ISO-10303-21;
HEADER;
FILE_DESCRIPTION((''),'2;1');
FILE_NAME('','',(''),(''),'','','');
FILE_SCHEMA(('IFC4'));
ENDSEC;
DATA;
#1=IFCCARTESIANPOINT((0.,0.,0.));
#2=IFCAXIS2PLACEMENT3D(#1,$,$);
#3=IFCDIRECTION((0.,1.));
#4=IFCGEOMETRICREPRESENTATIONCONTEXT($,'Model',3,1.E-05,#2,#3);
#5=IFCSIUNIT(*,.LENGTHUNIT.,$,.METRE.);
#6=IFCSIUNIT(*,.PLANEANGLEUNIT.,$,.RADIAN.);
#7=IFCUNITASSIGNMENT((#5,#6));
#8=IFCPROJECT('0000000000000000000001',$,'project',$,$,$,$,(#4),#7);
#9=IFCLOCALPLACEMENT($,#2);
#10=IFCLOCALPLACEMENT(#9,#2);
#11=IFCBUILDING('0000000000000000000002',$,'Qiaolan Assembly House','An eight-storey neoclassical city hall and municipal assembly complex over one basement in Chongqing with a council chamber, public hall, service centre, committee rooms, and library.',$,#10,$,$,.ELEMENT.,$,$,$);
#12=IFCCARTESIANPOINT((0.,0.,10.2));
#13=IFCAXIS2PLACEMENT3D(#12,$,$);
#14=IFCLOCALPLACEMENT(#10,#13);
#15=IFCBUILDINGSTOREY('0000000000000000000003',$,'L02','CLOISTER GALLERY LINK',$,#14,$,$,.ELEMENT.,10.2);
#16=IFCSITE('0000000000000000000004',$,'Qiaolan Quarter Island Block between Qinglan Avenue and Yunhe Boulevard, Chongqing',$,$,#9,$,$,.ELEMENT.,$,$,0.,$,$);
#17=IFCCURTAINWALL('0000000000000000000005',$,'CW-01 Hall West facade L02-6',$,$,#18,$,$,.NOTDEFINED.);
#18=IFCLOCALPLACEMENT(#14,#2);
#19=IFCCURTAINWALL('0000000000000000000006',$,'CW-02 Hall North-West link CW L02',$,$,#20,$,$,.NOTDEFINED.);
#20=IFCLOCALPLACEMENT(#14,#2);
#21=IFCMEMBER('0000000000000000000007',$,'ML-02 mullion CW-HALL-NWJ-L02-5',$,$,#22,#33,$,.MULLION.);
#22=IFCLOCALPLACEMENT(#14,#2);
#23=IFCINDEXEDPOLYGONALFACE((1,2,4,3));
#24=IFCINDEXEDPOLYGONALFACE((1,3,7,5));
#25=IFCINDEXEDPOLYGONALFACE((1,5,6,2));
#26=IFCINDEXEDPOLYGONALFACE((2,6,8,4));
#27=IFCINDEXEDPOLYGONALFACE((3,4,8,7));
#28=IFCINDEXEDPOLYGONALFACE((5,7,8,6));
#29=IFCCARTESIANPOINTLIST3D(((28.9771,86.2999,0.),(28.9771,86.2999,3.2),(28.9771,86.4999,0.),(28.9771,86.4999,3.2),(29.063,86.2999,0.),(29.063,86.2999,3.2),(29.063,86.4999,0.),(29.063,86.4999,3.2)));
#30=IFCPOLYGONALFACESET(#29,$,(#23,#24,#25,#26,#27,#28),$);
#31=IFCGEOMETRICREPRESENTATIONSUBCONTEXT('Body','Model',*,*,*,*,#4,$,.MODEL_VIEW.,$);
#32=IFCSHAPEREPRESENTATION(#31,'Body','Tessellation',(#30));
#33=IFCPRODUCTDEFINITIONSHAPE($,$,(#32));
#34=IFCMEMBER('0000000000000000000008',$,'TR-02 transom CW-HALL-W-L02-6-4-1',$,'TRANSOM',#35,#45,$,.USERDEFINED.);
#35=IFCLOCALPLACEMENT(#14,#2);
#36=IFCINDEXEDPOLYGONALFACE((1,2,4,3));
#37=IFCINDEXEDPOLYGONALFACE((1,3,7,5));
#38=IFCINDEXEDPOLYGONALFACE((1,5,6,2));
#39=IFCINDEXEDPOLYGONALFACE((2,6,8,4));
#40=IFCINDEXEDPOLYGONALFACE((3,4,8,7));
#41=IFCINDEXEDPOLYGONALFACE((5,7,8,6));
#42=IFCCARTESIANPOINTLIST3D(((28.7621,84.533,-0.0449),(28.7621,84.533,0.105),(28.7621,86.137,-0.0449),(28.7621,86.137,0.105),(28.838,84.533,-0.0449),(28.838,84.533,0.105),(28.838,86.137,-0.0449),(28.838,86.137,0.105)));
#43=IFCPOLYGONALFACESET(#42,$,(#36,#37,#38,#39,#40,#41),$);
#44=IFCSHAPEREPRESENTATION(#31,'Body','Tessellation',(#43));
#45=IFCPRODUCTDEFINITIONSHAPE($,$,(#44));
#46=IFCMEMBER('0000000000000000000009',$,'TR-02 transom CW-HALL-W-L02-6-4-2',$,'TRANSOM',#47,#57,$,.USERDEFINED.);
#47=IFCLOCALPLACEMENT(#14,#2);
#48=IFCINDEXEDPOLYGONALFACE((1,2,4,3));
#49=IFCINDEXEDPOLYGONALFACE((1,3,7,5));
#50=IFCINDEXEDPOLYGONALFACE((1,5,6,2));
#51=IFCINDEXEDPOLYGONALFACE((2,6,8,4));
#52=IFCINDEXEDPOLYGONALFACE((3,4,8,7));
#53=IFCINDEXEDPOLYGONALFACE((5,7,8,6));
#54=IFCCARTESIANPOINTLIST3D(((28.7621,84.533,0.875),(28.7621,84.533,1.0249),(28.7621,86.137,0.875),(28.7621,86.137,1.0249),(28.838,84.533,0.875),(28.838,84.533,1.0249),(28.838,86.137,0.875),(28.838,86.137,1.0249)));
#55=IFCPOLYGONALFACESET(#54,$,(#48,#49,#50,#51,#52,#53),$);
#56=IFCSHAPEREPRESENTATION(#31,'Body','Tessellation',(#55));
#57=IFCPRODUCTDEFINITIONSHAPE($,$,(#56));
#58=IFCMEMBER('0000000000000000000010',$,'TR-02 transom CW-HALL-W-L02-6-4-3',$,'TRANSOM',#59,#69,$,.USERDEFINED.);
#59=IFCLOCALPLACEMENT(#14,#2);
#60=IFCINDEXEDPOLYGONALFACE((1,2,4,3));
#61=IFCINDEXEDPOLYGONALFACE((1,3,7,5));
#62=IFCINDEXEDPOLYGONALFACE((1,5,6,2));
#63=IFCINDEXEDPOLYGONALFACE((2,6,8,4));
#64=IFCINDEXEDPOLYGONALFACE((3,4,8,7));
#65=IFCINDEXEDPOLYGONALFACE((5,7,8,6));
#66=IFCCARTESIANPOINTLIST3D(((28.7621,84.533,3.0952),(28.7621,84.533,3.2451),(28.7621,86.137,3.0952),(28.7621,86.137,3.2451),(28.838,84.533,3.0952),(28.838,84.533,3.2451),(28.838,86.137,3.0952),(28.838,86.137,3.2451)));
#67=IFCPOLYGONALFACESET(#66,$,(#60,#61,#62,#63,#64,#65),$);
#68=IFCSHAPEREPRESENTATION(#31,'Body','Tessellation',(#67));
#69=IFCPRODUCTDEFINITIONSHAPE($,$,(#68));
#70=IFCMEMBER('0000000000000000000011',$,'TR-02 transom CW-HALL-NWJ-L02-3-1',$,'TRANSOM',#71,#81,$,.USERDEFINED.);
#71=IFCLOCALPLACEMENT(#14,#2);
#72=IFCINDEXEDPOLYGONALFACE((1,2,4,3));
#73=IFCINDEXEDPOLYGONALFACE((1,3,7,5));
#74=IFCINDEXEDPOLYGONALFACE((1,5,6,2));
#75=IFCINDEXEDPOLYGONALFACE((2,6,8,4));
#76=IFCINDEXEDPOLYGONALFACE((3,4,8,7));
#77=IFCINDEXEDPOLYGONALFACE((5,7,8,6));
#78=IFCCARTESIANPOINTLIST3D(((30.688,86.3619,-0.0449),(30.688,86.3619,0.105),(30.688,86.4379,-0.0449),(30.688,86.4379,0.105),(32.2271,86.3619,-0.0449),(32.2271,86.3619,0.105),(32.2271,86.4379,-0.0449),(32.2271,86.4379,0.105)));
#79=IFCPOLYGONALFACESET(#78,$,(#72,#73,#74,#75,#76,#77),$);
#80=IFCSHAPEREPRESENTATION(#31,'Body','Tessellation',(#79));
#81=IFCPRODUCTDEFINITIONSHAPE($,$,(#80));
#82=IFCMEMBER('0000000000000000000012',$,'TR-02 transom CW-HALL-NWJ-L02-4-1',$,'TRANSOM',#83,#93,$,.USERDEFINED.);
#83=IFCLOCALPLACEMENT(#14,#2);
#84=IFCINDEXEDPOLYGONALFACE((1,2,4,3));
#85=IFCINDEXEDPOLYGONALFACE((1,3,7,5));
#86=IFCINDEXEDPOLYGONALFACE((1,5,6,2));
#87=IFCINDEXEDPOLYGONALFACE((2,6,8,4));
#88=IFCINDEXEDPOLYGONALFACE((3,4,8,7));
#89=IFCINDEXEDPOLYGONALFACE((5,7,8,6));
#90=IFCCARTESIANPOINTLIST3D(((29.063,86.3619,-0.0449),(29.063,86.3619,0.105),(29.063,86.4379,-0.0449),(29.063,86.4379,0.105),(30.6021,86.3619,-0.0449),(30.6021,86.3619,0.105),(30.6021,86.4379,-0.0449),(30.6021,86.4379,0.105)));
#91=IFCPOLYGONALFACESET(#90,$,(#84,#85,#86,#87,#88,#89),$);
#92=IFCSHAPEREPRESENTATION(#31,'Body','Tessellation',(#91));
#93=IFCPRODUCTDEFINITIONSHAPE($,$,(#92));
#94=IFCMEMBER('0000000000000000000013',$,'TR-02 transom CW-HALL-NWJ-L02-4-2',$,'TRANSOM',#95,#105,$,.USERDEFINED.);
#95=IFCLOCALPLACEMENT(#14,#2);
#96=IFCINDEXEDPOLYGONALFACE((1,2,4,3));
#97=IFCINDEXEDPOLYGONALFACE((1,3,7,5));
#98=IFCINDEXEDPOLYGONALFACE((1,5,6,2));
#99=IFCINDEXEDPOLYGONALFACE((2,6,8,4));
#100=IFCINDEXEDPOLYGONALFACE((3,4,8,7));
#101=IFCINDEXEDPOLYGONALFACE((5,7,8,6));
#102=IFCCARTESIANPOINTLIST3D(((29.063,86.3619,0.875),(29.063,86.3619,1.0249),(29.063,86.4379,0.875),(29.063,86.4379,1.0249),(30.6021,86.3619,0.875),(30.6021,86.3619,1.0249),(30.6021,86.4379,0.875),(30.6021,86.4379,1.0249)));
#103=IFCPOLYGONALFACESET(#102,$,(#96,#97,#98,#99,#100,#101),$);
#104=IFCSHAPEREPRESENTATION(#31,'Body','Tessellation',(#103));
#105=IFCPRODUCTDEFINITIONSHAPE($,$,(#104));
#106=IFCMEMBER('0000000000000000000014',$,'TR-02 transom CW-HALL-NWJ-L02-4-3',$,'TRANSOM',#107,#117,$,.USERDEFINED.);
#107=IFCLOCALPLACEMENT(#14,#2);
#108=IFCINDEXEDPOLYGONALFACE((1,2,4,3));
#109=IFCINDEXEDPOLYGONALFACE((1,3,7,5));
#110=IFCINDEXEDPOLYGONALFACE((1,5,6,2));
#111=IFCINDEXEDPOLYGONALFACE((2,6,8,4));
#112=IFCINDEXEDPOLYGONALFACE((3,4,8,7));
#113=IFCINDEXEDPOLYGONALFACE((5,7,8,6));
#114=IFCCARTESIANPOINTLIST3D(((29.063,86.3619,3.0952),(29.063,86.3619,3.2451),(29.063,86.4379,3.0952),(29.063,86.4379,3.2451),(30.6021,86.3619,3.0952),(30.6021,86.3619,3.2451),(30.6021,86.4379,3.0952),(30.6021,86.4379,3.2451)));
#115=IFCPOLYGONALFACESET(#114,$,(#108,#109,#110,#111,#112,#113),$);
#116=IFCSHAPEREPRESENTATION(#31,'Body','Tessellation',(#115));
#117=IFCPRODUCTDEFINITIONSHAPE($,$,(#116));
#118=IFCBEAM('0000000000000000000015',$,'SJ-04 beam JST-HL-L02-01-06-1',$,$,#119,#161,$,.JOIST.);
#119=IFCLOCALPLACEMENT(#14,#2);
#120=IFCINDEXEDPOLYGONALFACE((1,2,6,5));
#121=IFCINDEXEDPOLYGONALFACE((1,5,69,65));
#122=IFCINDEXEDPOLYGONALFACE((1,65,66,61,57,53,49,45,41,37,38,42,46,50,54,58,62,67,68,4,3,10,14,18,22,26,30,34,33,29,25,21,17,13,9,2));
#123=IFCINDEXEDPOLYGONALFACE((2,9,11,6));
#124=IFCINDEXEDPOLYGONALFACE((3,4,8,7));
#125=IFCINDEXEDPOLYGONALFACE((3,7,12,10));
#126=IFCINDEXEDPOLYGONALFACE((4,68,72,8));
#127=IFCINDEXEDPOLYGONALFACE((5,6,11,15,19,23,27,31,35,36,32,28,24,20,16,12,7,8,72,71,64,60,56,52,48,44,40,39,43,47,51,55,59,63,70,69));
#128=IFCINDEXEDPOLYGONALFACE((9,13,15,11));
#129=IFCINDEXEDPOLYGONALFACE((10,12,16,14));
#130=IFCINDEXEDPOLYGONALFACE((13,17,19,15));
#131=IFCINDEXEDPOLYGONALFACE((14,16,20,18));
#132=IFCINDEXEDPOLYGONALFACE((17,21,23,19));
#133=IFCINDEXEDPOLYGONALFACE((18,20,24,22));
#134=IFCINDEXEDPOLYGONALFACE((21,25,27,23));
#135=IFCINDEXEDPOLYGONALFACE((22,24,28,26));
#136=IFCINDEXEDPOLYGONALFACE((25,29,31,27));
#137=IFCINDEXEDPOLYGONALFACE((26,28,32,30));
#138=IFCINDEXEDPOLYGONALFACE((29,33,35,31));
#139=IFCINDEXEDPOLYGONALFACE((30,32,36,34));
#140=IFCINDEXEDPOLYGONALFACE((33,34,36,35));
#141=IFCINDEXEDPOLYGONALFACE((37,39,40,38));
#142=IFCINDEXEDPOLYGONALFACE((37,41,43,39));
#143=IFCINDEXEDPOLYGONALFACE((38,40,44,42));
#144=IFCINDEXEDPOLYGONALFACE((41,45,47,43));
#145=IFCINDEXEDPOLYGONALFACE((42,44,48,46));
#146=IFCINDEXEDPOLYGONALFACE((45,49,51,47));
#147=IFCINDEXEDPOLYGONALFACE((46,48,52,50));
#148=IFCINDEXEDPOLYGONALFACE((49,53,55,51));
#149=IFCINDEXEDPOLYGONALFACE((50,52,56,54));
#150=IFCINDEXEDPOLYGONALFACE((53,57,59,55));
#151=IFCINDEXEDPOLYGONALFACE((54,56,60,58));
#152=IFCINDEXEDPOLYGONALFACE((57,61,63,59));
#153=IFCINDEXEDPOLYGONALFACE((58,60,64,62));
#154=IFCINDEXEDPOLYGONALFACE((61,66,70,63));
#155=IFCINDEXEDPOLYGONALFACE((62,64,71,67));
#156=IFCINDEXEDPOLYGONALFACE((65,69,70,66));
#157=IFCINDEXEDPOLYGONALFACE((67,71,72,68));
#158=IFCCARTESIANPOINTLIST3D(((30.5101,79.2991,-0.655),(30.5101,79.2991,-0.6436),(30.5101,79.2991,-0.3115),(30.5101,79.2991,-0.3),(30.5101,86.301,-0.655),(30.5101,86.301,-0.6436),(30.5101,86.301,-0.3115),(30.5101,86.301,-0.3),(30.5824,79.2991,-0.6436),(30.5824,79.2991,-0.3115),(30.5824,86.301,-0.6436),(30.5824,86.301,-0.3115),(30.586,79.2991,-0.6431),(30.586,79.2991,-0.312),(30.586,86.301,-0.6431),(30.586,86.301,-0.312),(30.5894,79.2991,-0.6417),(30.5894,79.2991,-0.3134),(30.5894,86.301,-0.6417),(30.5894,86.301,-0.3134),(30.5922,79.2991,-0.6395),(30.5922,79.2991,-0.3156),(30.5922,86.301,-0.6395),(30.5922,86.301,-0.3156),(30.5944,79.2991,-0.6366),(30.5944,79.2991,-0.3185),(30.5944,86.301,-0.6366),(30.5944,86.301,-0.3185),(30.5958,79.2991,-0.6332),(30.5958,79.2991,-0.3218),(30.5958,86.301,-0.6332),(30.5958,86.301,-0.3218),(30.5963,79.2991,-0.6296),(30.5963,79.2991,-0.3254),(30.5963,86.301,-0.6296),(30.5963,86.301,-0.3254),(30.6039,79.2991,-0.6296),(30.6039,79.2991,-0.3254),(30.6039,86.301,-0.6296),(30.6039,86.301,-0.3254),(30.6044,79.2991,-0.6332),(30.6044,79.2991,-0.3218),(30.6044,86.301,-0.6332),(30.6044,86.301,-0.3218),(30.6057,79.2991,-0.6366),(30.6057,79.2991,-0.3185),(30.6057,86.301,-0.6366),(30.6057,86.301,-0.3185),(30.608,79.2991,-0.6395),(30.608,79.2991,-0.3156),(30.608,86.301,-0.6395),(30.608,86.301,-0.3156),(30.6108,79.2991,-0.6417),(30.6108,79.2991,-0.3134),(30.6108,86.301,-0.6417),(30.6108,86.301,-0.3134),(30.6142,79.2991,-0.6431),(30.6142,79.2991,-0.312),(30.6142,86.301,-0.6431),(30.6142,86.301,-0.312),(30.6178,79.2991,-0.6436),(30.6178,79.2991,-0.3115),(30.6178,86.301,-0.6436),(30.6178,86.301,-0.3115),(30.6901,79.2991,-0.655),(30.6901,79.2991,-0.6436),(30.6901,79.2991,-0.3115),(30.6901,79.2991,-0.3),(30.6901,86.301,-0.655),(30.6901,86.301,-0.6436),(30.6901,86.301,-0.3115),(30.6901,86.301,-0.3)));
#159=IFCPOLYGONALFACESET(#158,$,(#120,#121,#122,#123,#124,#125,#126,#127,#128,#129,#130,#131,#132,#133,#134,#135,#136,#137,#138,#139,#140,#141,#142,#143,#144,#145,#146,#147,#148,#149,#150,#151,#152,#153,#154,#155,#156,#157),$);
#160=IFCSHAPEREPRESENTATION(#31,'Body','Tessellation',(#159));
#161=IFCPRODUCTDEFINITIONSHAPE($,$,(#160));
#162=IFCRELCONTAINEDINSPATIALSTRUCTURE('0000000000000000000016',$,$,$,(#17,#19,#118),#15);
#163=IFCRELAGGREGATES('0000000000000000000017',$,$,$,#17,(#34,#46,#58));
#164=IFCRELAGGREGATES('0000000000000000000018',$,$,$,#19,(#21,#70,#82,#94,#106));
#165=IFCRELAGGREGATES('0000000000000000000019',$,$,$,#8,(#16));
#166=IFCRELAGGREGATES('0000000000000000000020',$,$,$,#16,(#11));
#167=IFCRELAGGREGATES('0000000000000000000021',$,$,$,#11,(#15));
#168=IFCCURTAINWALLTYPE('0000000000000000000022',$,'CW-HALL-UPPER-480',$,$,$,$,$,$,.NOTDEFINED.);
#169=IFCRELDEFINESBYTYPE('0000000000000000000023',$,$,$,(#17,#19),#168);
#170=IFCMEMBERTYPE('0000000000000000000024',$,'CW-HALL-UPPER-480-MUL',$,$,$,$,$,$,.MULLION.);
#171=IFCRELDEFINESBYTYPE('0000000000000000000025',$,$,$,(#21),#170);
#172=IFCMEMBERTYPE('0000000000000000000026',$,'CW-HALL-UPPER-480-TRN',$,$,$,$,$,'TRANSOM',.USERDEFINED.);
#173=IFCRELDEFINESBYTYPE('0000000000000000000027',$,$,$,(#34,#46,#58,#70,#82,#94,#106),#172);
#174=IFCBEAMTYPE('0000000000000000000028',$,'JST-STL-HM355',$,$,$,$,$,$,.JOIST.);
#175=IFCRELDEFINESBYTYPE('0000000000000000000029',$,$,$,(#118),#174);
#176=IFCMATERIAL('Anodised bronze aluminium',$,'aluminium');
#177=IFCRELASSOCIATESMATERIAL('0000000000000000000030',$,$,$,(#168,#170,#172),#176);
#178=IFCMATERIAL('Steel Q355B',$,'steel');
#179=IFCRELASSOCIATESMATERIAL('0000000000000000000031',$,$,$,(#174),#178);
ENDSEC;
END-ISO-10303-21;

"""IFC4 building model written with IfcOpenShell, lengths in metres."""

from ifc_helpers import new_model, si_unit, direction, frame, origin, origin_2d, place, context, subcontext, project, spatial, rectangle, i_section, extrude, material, material_profile, profile_set, type_object, element, aggregate, save


model = new_model("IFC4")

# Units and contexts
model_context = context("Model", 3, precision=1e-05, world=origin(), true_north=direction((0.0, 1.0)))
body_context = subcontext(model_context, "Body", "Model", "MODEL_VIEW")
ifc_project = project(units=[si_unit("LENGTHUNIT", "METRE"), si_unit("PLANEANGLEUNIT", "RADIAN")], contexts=[model_context])

# Site, building, storey
site_placement = place(None, origin())
site = spatial("IfcSite", under=ifc_project, at=site_placement, Name="Qiaolan Quarter Island Block between Qinglan Avenue and Yunhe Boulevard, Chongqing", CompositionType="ELEMENT", RefElevation=0.0)
building_placement = place(site_placement, origin())
building = spatial("IfcBuilding", under=site, at=building_placement, Name="Qiaolan Assembly House", Description="An eight-storey neoclassical city hall and municipal assembly complex over one basement in Chongqing with a council chamber, public hall, service centre, committee rooms, and library.", CompositionType="ELEMENT")
storey_placement = place(building_placement, frame((0.0, 0.0, 10.2)))
storey = spatial("IfcBuildingStorey", under=building, at=storey_placement, Name="L02", Description="CLOISTER GALLERY LINK", CompositionType="ELEMENT", Elevation=10.2)

# Shared definitions
ifc_material_1 = material(Name="Steel Q355B", Category="steel")

# Curtain walls, member
ifc_material_2 = material(Name="Anodised bronze aluminium", Category="aluminium")
curtain_wall_type = type_object("IfcCurtainWallType", Name="CW-HALL-UPPER-480", PredefinedType="NOTDEFINED", material=ifc_material_2)
curtain_wall_1_placement = place(storey_placement, origin())
curtain_wall_1 = element("IfcCurtainWall", 1, at=curtain_wall_1_placement, inside=storey, type_object=curtain_wall_type, Name="CW-01 Hall West facade L02-6", PredefinedType="NOTDEFINED")
ifc_material_profile_1 = material_profile(ifc_material_2, rectangle(XDim=0.0859, YDim=0.2, at=origin_2d()), Name="MUL 86x200")
ifc_profile_set_1 = profile_set([ifc_material_profile_1], Name="Anodised bronze aluminium")
member_type_1 = type_object("IfcMemberType", Name="CW-HALL-UPPER-480-MUL", PredefinedType="MULLION", material=ifc_profile_set_1)
curtain_wall_2_placement = place(storey_placement, origin())
curtain_wall_2 = element("IfcCurtainWall", 2, at=curtain_wall_2_placement, inside=storey, type_object=curtain_wall_type, Name="CW-02 Hall North-West link CW L02", PredefinedType="NOTDEFINED")
member_1_placement = place(storey_placement, frame((29.02, 86.3999, 0.0), z_axis=(0.0, 0.0, 1.0), x_axis=(-1.0, 0.0, 0.0)))
member_1 = element("IfcMember", 3, at=member_1_placement, type_object=member_type_1, Name="ML-02 mullion CW-HALL-NWJ-L02-5", PredefinedType="MULLION", context=body_context, shape_type="SweptSolid", body=[
    extrude(rectangle(XDim=0.0859, YDim=0.2, at=origin_2d()), origin(), (0.0, 0.0, 1.0), 3.2),
])

# Members
ifc_material_profile_2 = material_profile(ifc_material_2, rectangle(XDim=0.0759, YDim=0.1499, at=origin_2d()), Name="TRN 76x150")
ifc_profile_set_2 = profile_set([ifc_material_profile_2], Name="Anodised bronze aluminium")
member_type_2 = type_object("IfcMemberType", Name="CW-HALL-UPPER-480-TRN", ElementType="TRANSOM", PredefinedType="USERDEFINED", material=ifc_profile_set_2)
member_2_placement = place(storey_placement, frame((28.8, 84.533, 0.03), z_axis=(0.0, 1.0, 0.0), x_axis=(-1.0, 0.0, 0.0)))
member_2 = element("IfcMember", 4, at=member_2_placement, type_object=member_type_2, Name="TR-02 transom CW-HALL-W-L02-6-4-1", ObjectType="TRANSOM", PredefinedType="USERDEFINED", context=body_context, shape_type="SweptSolid", body=[
    extrude(rectangle(XDim=0.0759, YDim=0.1499, at=origin_2d()), origin(), (0.0, 0.0, 1.0), 1.604),
])
member_3_placement = place(storey_placement, frame((28.8, 84.533, 0.95), z_axis=(0.0, 1.0, 0.0), x_axis=(-1.0, 0.0, 0.0)))
member_3 = element("IfcMember", 5, at=member_3_placement, type_object=member_type_2, Name="TR-02 transom CW-HALL-W-L02-6-4-2", ObjectType="TRANSOM", PredefinedType="USERDEFINED", context=body_context, shape_type="SweptSolid", body=[
    extrude(rectangle(XDim=0.0759, YDim=0.1499, at=origin_2d()), origin(), (0.0, 0.0, 1.0), 1.604),
])
member_4_placement = place(storey_placement, frame((28.8, 84.533, 3.1702), z_axis=(0.0, 1.0, 0.0), x_axis=(-1.0, 0.0, 0.0)))
member_4 = element("IfcMember", 6, at=member_4_placement, type_object=member_type_2, Name="TR-02 transom CW-HALL-W-L02-6-4-3", ObjectType="TRANSOM", PredefinedType="USERDEFINED", context=body_context, shape_type="SweptSolid", body=[
    extrude(rectangle(XDim=0.0759, YDim=0.1499, at=origin_2d()), origin(), (0.0, 0.0, 1.0), 1.604),
])
member_5_placement = place(storey_placement, frame((32.2271, 86.3999, 0.03), z_axis=(-1.0, 0.0, 0.0), x_axis=(0.0, -1.0, 0.0)))
member_5 = element("IfcMember", 7, at=member_5_placement, type_object=member_type_2, Name="TR-02 transom CW-HALL-NWJ-L02-3-1", ObjectType="TRANSOM", PredefinedType="USERDEFINED", context=body_context, shape_type="SweptSolid", body=[
    extrude(rectangle(XDim=0.0759, YDim=0.1499, at=origin_2d()), origin(), (0.0, 0.0, 1.0), 1.5391),
])
member_6_placement = place(storey_placement, frame((30.6021, 86.3999, 0.03), z_axis=(-1.0, 0.0, 0.0), x_axis=(0.0, -1.0, 0.0)))
member_6 = element("IfcMember", 8, at=member_6_placement, type_object=member_type_2, Name="TR-02 transom CW-HALL-NWJ-L02-4-1", ObjectType="TRANSOM", PredefinedType="USERDEFINED", context=body_context, shape_type="SweptSolid", body=[
    extrude(rectangle(XDim=0.0759, YDim=0.1499, at=origin_2d()), origin(), (0.0, 0.0, 1.0), 1.5391),
])
member_7_placement = place(storey_placement, frame((30.6021, 86.3999, 0.95), z_axis=(-1.0, 0.0, 0.0), x_axis=(0.0, -1.0, 0.0)))
member_7 = element("IfcMember", 9, at=member_7_placement, type_object=member_type_2, Name="TR-02 transom CW-HALL-NWJ-L02-4-2", ObjectType="TRANSOM", PredefinedType="USERDEFINED", context=body_context, shape_type="SweptSolid", body=[
    extrude(rectangle(XDim=0.0759, YDim=0.1499, at=origin_2d()), origin(), (0.0, 0.0, 1.0), 1.5391),
])
member_8_placement = place(storey_placement, frame((30.6021, 86.3999, 3.1702), z_axis=(-1.0, 0.0, 0.0), x_axis=(0.0, -1.0, 0.0)))
member_8 = element("IfcMember", 10, at=member_8_placement, type_object=member_type_2, Name="TR-02 transom CW-HALL-NWJ-L02-4-3", ObjectType="TRANSOM", PredefinedType="USERDEFINED", context=body_context, shape_type="SweptSolid", body=[
    extrude(rectangle(XDim=0.0759, YDim=0.1499, at=origin_2d()), origin(), (0.0, 0.0, 1.0), 1.5391),
])

# Beam
ifc_material_profile_3 = material_profile(ifc_material_1, i_section(OverallWidth=0.1799, OverallDepth=0.355, WebThickness=0.0076, FlangeThickness=0.0115, FilletRadius=0.0139, at=origin_2d()), Name="HM 355x180x7.5x11.5")
ifc_profile_set_3 = profile_set([ifc_material_profile_3], Name="Steel Q355B")
beam_type_1 = type_object("IfcBeamType", Name="JST-STL-HM355", PredefinedType="JOIST", material=ifc_profile_set_3)
for number, where, z_axis, x_axis, name in (
    (11, (30.6001, 79.2991, -0.4775), (0.0, 1.0, 0.0), (-1.0, 0.0, 0.0), "SJ-04 beam JST-HL-L02-01-06-1"),
):
    element("IfcBeam", number, at=place(storey_placement, frame(where, z_axis=z_axis, x_axis=x_axis)), inside=storey, type_object=beam_type_1, Name=name, PredefinedType="JOIST", context=body_context, shape_type="SweptSolid", body=[
        extrude(i_section(OverallWidth=0.1799, OverallDepth=0.355, WebThickness=0.0076, FlangeThickness=0.0115, FilletRadius=0.0139, at=origin_2d()), origin(), (0.0, 0.0, 1.0), 7.002),
    ])

aggregate(curtain_wall_1, [member_2, member_3, member_4])
aggregate(curtain_wall_2, [member_1, member_5, member_6, member_7, member_8])

save(model, "model.ifc")
